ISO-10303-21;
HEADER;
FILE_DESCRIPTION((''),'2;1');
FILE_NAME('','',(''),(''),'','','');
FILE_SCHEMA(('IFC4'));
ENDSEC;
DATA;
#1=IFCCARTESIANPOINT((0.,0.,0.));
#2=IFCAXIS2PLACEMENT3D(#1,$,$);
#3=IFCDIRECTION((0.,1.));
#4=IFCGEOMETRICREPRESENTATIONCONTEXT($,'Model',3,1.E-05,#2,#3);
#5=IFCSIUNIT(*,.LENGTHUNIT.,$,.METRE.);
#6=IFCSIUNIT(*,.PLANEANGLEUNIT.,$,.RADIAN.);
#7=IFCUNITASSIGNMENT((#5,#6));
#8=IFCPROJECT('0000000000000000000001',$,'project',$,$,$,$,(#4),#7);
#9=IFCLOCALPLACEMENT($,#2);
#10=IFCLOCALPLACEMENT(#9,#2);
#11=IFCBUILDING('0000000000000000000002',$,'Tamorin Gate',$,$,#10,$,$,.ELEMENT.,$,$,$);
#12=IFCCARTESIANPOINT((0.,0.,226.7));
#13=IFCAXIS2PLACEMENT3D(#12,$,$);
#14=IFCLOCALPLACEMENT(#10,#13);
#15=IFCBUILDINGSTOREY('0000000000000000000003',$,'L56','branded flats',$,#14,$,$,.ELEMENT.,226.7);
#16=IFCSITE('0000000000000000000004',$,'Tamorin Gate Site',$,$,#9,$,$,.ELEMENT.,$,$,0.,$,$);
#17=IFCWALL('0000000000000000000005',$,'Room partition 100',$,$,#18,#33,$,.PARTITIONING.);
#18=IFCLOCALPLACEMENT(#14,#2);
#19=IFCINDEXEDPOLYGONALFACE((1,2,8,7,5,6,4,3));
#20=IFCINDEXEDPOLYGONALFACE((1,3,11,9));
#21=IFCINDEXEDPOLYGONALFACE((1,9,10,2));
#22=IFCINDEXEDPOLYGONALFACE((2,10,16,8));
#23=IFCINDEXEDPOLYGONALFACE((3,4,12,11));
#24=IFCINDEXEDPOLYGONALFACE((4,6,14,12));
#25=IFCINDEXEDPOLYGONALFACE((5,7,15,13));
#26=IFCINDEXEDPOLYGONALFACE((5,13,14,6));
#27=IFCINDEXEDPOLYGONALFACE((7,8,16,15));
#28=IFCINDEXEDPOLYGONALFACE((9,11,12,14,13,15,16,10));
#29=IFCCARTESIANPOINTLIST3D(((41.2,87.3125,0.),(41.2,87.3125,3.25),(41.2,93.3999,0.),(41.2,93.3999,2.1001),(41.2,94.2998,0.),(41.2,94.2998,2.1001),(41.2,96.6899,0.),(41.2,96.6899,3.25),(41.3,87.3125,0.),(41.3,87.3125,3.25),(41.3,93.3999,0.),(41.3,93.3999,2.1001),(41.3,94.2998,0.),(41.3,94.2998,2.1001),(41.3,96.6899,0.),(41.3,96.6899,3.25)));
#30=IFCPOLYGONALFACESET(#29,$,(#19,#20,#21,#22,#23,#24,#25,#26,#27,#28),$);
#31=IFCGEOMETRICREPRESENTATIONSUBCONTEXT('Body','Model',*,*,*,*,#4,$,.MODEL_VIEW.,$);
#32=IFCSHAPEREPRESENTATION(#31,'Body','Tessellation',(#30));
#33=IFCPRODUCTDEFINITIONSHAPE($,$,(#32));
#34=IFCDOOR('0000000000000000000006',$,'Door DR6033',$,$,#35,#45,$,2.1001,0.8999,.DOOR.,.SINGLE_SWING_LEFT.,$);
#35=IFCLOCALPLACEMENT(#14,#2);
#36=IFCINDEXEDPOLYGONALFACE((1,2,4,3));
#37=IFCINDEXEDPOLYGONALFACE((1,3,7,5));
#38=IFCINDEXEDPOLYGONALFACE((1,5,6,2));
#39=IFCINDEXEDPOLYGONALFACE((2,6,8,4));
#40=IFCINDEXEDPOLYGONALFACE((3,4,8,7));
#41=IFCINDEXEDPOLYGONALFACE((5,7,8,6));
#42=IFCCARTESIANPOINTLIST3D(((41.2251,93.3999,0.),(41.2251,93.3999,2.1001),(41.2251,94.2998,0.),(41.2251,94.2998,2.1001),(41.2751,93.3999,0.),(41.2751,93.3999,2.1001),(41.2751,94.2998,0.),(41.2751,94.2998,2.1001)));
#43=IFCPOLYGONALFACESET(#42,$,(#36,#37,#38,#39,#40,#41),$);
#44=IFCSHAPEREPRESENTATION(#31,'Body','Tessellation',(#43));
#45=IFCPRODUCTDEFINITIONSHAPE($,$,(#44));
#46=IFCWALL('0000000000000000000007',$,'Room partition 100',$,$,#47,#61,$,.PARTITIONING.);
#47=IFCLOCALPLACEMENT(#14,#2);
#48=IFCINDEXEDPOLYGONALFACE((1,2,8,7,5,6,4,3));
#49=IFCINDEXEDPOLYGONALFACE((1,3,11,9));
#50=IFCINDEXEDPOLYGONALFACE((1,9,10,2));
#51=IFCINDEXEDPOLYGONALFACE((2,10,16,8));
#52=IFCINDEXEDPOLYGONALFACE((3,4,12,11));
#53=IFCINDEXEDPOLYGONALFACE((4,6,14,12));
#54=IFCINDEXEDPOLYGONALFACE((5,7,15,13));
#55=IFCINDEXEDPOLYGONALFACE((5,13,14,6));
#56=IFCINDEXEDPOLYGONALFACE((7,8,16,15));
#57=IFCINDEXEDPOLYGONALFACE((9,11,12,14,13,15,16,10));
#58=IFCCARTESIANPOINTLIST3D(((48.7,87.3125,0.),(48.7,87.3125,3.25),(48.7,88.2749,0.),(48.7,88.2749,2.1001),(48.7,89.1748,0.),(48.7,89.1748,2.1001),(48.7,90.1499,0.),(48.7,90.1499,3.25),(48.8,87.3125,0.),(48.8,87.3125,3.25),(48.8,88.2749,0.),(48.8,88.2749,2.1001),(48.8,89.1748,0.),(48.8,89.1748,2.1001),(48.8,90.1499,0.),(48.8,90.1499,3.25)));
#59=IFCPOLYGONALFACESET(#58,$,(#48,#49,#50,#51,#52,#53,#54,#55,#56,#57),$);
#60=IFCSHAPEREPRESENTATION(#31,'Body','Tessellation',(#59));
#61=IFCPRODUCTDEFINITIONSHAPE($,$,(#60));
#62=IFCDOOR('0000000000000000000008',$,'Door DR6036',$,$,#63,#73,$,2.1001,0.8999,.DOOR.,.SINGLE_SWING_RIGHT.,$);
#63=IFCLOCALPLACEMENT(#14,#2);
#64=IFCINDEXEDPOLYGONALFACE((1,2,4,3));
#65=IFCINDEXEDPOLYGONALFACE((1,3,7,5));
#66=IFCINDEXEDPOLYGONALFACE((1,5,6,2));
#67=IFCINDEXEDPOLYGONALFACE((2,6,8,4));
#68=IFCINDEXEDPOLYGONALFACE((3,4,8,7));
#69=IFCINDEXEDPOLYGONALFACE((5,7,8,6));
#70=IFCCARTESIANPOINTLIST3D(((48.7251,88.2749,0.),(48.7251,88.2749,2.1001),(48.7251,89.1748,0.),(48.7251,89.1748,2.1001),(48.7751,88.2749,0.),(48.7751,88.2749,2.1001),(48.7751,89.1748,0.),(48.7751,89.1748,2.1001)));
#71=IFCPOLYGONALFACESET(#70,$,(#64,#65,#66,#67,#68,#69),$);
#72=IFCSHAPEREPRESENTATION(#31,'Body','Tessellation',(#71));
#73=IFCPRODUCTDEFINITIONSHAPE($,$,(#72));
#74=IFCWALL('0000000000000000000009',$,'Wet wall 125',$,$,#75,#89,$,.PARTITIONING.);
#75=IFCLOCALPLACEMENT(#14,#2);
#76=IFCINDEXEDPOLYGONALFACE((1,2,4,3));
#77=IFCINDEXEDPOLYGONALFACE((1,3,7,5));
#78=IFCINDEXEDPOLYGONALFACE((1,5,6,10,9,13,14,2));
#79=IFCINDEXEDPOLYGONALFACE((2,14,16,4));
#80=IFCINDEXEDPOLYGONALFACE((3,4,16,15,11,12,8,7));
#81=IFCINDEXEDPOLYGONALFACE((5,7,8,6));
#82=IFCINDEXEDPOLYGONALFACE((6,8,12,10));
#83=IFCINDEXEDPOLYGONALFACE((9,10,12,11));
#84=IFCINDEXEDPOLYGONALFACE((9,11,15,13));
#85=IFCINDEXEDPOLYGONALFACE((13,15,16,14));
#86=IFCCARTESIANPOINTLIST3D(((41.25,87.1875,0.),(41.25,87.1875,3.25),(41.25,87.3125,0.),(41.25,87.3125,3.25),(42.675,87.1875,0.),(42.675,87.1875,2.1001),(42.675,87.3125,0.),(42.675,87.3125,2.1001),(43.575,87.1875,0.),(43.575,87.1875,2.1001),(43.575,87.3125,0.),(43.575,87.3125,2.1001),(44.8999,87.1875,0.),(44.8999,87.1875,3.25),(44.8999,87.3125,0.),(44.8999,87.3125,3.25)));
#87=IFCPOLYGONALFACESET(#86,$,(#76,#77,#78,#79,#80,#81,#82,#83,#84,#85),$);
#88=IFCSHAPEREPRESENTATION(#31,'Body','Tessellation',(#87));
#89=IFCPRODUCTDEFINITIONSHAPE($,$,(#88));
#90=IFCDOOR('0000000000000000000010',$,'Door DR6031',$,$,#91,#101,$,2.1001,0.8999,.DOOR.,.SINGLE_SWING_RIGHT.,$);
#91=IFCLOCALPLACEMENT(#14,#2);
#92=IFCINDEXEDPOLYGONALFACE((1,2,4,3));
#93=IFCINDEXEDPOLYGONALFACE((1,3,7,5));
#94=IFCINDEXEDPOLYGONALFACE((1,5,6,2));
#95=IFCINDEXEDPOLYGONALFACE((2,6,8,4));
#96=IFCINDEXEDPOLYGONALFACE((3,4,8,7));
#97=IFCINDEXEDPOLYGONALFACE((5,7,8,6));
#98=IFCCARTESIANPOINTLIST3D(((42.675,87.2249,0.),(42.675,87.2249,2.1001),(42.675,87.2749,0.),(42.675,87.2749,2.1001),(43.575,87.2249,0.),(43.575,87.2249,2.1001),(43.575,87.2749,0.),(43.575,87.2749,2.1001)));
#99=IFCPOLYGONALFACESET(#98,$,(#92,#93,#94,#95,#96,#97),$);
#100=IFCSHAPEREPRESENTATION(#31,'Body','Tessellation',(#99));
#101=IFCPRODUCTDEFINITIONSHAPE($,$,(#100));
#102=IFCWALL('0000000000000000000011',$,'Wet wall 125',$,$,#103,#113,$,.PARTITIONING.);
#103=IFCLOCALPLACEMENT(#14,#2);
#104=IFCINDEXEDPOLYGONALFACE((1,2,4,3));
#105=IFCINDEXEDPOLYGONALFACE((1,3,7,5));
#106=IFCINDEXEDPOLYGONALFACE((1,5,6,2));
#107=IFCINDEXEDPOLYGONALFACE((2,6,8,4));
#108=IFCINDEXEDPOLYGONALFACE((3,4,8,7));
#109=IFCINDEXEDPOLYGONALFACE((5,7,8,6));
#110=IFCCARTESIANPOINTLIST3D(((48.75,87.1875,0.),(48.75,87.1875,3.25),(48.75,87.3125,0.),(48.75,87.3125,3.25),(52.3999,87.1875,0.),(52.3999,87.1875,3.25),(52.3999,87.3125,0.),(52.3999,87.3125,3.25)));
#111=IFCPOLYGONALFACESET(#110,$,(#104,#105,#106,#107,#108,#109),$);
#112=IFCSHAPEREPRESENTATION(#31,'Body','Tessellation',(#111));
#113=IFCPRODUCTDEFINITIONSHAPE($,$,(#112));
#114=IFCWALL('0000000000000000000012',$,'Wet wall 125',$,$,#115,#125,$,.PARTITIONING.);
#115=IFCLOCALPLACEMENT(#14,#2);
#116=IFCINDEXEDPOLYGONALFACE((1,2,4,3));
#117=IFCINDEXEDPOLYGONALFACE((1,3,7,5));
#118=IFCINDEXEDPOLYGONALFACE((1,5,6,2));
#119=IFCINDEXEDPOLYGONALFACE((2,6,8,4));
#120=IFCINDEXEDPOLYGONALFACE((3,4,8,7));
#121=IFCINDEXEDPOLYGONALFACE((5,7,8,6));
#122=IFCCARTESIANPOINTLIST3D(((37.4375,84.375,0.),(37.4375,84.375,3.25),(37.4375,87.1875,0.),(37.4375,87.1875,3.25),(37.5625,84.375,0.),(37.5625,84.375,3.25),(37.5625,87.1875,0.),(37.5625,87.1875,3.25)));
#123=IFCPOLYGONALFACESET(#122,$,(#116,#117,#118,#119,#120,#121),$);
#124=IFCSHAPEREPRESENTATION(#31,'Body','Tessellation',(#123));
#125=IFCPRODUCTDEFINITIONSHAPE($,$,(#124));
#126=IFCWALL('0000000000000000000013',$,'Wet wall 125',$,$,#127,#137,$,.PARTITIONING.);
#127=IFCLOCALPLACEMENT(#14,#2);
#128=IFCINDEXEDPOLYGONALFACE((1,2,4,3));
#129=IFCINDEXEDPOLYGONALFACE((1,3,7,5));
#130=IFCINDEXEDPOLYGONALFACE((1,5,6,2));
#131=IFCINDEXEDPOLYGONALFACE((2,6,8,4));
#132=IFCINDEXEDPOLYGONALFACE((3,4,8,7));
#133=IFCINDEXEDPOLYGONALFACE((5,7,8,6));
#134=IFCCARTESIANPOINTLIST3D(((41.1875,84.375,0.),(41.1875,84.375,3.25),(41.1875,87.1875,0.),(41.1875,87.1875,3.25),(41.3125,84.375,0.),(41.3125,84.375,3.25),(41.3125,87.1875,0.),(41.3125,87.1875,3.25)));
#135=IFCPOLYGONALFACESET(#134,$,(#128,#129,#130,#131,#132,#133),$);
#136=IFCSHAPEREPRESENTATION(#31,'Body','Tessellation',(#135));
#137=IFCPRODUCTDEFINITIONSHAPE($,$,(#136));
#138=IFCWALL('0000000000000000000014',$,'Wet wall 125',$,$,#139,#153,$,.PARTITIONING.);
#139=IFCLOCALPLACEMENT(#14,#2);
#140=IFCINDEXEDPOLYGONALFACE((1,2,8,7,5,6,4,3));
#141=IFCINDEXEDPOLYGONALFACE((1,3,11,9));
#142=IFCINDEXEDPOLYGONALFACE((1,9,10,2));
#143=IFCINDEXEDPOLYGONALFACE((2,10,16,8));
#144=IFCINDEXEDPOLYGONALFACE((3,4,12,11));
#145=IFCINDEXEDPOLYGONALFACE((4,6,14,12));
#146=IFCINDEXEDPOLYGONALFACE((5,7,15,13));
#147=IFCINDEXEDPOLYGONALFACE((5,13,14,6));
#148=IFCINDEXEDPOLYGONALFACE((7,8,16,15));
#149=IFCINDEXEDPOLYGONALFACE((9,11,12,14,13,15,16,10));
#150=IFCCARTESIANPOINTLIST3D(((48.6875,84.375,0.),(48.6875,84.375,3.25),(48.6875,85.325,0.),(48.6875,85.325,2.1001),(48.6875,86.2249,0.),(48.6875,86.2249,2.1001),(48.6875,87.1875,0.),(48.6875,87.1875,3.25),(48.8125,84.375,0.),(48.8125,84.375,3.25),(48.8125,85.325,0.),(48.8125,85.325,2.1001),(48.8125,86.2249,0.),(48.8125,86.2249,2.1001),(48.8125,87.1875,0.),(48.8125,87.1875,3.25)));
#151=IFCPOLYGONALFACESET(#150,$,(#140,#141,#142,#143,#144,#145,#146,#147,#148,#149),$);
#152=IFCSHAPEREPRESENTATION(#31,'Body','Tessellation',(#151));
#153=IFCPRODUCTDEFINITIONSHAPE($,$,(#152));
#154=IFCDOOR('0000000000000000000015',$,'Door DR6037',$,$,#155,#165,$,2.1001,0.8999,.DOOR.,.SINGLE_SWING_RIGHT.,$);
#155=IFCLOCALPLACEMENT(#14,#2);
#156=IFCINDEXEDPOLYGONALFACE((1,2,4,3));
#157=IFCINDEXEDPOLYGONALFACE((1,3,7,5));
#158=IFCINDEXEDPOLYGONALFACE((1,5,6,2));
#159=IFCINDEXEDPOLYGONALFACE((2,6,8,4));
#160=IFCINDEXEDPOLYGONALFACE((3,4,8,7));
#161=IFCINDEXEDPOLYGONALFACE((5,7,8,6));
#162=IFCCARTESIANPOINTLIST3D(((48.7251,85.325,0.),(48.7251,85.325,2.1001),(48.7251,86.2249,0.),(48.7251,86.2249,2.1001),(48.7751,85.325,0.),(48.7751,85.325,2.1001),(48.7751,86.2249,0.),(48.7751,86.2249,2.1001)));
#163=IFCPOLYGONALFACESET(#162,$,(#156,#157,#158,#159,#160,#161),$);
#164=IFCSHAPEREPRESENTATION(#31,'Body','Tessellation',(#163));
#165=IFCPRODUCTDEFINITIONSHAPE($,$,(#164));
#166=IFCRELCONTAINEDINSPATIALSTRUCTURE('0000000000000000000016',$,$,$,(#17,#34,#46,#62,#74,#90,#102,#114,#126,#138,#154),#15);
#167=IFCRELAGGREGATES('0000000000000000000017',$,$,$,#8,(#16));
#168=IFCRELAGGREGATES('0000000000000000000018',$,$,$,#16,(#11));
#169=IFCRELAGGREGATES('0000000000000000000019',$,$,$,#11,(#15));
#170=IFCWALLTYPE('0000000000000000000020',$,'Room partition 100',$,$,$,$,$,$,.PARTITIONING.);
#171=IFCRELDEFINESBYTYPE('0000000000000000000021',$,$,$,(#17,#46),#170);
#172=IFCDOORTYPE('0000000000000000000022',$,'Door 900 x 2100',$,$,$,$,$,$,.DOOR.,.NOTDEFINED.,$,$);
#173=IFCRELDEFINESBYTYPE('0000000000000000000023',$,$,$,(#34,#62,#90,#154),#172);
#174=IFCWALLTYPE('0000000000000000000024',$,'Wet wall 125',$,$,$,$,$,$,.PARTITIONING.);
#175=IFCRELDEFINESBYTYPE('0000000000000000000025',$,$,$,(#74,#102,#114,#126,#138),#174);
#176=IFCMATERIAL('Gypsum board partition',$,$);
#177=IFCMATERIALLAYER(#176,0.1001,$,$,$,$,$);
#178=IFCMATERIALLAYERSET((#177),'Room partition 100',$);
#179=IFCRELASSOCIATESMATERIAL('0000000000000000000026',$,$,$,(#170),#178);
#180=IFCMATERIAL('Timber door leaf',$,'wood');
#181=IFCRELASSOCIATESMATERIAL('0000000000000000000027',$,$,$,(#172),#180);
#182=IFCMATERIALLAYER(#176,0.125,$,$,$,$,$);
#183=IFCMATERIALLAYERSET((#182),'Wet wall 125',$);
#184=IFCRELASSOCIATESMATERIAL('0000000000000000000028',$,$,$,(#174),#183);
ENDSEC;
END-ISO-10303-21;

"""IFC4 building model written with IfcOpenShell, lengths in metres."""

from ifc_helpers import new_model, si_unit, direction, frame, frame_2d, origin, place, context, subcontext, project, spatial, rectangle, extrude, material, layer, layer_set, type_object, element, fill, save


model = new_model("IFC4")

# Units and contexts
model_context = context("Model", 3, precision=1e-05, world=origin(), true_north=direction((0.0, 1.0)))
body_context = subcontext(model_context, "Body", "Model", "MODEL_VIEW")
ifc_project = project(units=[si_unit("LENGTHUNIT", "METRE"), si_unit("PLANEANGLEUNIT", "RADIAN")], contexts=[model_context])

# Site, building, storey
site_placement = place(None, origin())
site = spatial("IfcSite", under=ifc_project, at=site_placement, Name="Tamorin Gate Site", CompositionType="ELEMENT", RefElevation=0.0)
building_placement = place(site_placement, origin())
building = spatial("IfcBuilding", under=site, at=building_placement, Name="Tamorin Gate", CompositionType="ELEMENT")
storey_placement = place(building_placement, frame((0.0, 0.0, 226.7)))
storey = spatial("IfcBuildingStorey", under=building, at=storey_placement, Name="L56", Description="branded flats", CompositionType="ELEMENT", Elevation=226.7)

# Shared definitions
ifc_material_1 = material(Name="Gypsum board partition")

# Walls, openings, doors
ifc_layer_1 = layer(ifc_material_1, 0.1001)
ifc_layer_set_1 = layer_set([ifc_layer_1], Name="Room partition 100")
wall_type_1 = type_object("IfcWallType", Name="Room partition 100", PredefinedType="PARTITIONING", material=ifc_layer_set_1)
ifc_material_2 = material(Name="Timber door leaf", Category="wood")
door_type = type_object("IfcDoorType", Name="Door 900 x 2100", OperationType="NOTDEFINED", PredefinedType="DOOR", material=ifc_material_2)
wall_1_placement = place(storey_placement, frame((41.25, 87.3125, 0.0), z_axis=(0.0, 0.0, 1.0), x_axis=(0.0, 1.0, 0.0)))
wall_1 = element("IfcWall", 1, at=wall_1_placement, inside=storey, type_object=wall_type_1, Name="Room partition 100", PredefinedType="PARTITIONING", context=body_context, shape_type="SweptSolid", body=[
    extrude(rectangle(XDim=9.3774, YDim=0.1001, at=frame_2d((4.6887, 0.0))), origin(), (0.0, 0.0, 1.0), 3.25),
])
opening_1_placement = place(wall_1_placement, frame((6.0874, 0.0, 0.0)))
opening_1 = element("IfcOpeningElement", 2, at=opening_1_placement, cuts=wall_1, PredefinedType="OPENING", context=body_context, shape_type="SweptSolid", body=[
    extrude(rectangle(XDim=0.8999, YDim=2.1001, at=frame_2d((0.45, 1.05))), frame((0.0, 0.0601, 0.0), z_axis=(0.0, -1.0, 0.0), x_axis=(1.0, 0.0, 0.0)), (0.0, 0.0, 1.0), 0.1201),
])
door_1_placement = place(opening_1_placement, origin())
door_1 = element("IfcDoor", 3, at=door_1_placement, inside=storey, type_object=door_type, Name="Door DR6033", OperationType="SINGLE_SWING_LEFT", OverallHeight=2.1001, OverallWidth=0.8999, PredefinedType="DOOR", context=body_context, shape_type="SweptSolid", body=[
    extrude(rectangle(XDim=0.8999, YDim=2.1001, at=frame_2d((0.45, 1.05))), frame((0.0, 0.0249, 0.0), z_axis=(0.0, -1.0, 0.0), x_axis=(1.0, 0.0, 0.0)), (0.0, 0.0, 1.0), 0.05),
])
fill(opening_1, door_1)
wall_2_placement = place(storey_placement, frame((48.75, 87.3125, 0.0), z_axis=(0.0, 0.0, 1.0), x_axis=(0.0, 1.0, 0.0)))
wall_2 = element("IfcWall", 4, at=wall_2_placement, inside=storey, type_object=wall_type_1, Name="Room partition 100", PredefinedType="PARTITIONING", context=body_context, shape_type="SweptSolid", body=[
    extrude(rectangle(XDim=2.8374, YDim=0.1001, at=frame_2d((1.4187, 0.0))), origin(), (0.0, 0.0, 1.0), 3.25),
])
opening_2_placement = place(wall_2_placement, frame((0.9624, 0.0, 0.0)))
opening_2 = element("IfcOpeningElement", 5, at=opening_2_placement, cuts=wall_2, PredefinedType="OPENING", context=body_context, shape_type="SweptSolid", body=[
    extrude(rectangle(XDim=0.8999, YDim=2.1001, at=frame_2d((0.45, 1.05))), frame((0.0, 0.0601, 0.0), z_axis=(0.0, -1.0, 0.0), x_axis=(1.0, 0.0, 0.0)), (0.0, 0.0, 1.0), 0.1201),
])
door_2_placement = place(opening_2_placement, origin())
door_2 = element("IfcDoor", 6, at=door_2_placement, inside=storey, type_object=door_type, Name="Door DR6036", OperationType="SINGLE_SWING_RIGHT", OverallHeight=2.1001, OverallWidth=0.8999, PredefinedType="DOOR", context=body_context, shape_type="SweptSolid", body=[
    extrude(rectangle(XDim=0.8999, YDim=2.1001, at=frame_2d((0.45, 1.05))), frame((0.0, 0.0249, 0.0), z_axis=(0.0, -1.0, 0.0), x_axis=(1.0, 0.0, 0.0)), (0.0, 0.0, 1.0), 0.05),
])
fill(opening_2, door_2)
ifc_layer_2 = layer(ifc_material_1, 0.125)
ifc_layer_set_2 = layer_set([ifc_layer_2], Name="Wet wall 125")
wall_type_2 = type_object("IfcWallType", Name="Wet wall 125", PredefinedType="PARTITIONING", material=ifc_layer_set_2)
wall_3_placement = place(storey_placement, frame((41.25, 87.25, 0.0), z_axis=(0.0, 0.0, 1.0), x_axis=(1.0, 0.0, 0.0)))
wall_3 = element("IfcWall", 7, at=wall_3_placement, inside=storey, type_object=wall_type_2, Name="Wet wall 125", PredefinedType="PARTITIONING", context=body_context, shape_type="SweptSolid", body=[
    extrude(rectangle(XDim=3.6499, YDim=0.125, at=frame_2d((1.825, 0.0))), origin(), (0.0, 0.0, 1.0), 3.25),
])
opening_3_placement = place(wall_3_placement, frame((1.425, 0.0, 0.0)))
opening_3 = element("IfcOpeningElement", 8, at=opening_3_placement, cuts=wall_3, PredefinedType="OPENING", context=body_context, shape_type="SweptSolid", body=[
    extrude(rectangle(XDim=0.8999, YDim=2.1001, at=frame_2d((0.45, 1.05))), frame((0.0, 0.0725, 0.0), z_axis=(0.0, -1.0, 0.0), x_axis=(1.0, 0.0, 0.0)), (0.0, 0.0, 1.0), 0.145),
])
door_3_placement = place(opening_3_placement, origin())
door_3 = element("IfcDoor", 9, at=door_3_placement, inside=storey, type_object=door_type, Name="Door DR6031", OperationType="SINGLE_SWING_RIGHT", OverallHeight=2.1001, OverallWidth=0.8999, PredefinedType="DOOR", context=body_context, shape_type="SweptSolid", body=[
    extrude(rectangle(XDim=0.8999, YDim=2.1001, at=frame_2d((0.45, 1.05))), frame((0.0, 0.0249, 0.0), z_axis=(0.0, -1.0, 0.0), x_axis=(1.0, 0.0, 0.0)), (0.0, 0.0, 1.0), 0.05),
])
fill(opening_3, door_3)

# Walls
wall_4_placement = place(storey_placement, frame((48.75, 87.25, 0.0), z_axis=(0.0, 0.0, 1.0), x_axis=(1.0, 0.0, 0.0)))
element("IfcWall", 10, at=wall_4_placement, inside=storey, type_object=wall_type_2, Name="Wet wall 125", PredefinedType="PARTITIONING", context=body_context, shape_type="SweptSolid", body=[
    extrude(rectangle(XDim=3.6499, YDim=0.125, at=frame_2d((1.825, 0.0))), origin(), (0.0, 0.0, 1.0), 3.25),
])
for number, where, z_axis, x_axis, name in (
    (11, (37.5, 84.375, 0.0), (0.0, 0.0, 1.0), (0.0, 1.0, 0.0), "Wet wall 125"),
    (12, (41.25, 84.375, 0.0), (0.0, 0.0, 1.0), (0.0, 1.0, 0.0), "Wet wall 125"),
):
    element("IfcWall", number, at=place(storey_placement, frame(where, z_axis=z_axis, x_axis=x_axis)), inside=storey, type_object=wall_type_2, Name=name, PredefinedType="PARTITIONING", context=body_context, shape_type="SweptSolid", body=[
        extrude(rectangle(XDim=2.8125, YDim=0.125, at=frame_2d((1.4062, 0.0))), origin(), (0.0, 0.0, 1.0), 3.25),
    ])

# Wall, opening, door
wall_5_placement = place(storey_placement, frame((48.75, 84.375, 0.0), z_axis=(0.0, 0.0, 1.0), x_axis=(0.0, 1.0, 0.0)))
wall_5 = element("IfcWall", 13, at=wall_5_placement, inside=storey, type_object=wall_type_2, Name="Wet wall 125", PredefinedType="PARTITIONING", context=body_context, shape_type="SweptSolid", body=[
    extrude(rectangle(XDim=2.8125, YDim=0.125, at=frame_2d((1.4062, 0.0))), origin(), (0.0, 0.0, 1.0), 3.25),
])
opening_4_placement = place(wall_5_placement, frame((0.95, 0.0, 0.0)))
opening_4 = element("IfcOpeningElement", 14, at=opening_4_placement, cuts=wall_5, PredefinedType="OPENING", context=body_context, shape_type="SweptSolid", body=[
    extrude(rectangle(XDim=0.8999, YDim=2.1001, at=frame_2d((0.45, 1.05))), frame((0.0, 0.0725, 0.0), z_axis=(0.0, -1.0, 0.0), x_axis=(1.0, 0.0, 0.0)), (0.0, 0.0, 1.0), 0.145),
])
door_4_placement = place(opening_4_placement, origin())
door_4 = element("IfcDoor", 15, at=door_4_placement, inside=storey, type_object=door_type, Name="Door DR6037", OperationType="SINGLE_SWING_RIGHT", OverallHeight=2.1001, OverallWidth=0.8999, PredefinedType="DOOR", context=body_context, shape_type="SweptSolid", body=[
    extrude(rectangle(XDim=0.8999, YDim=2.1001, at=frame_2d((0.45, 1.05))), frame((0.0, 0.0249, 0.0), z_axis=(0.0, -1.0, 0.0), x_axis=(1.0, 0.0, 0.0)), (0.0, 0.0, 1.0), 0.05),
])
fill(opening_4, door_4)

save(model, "model.ifc")
